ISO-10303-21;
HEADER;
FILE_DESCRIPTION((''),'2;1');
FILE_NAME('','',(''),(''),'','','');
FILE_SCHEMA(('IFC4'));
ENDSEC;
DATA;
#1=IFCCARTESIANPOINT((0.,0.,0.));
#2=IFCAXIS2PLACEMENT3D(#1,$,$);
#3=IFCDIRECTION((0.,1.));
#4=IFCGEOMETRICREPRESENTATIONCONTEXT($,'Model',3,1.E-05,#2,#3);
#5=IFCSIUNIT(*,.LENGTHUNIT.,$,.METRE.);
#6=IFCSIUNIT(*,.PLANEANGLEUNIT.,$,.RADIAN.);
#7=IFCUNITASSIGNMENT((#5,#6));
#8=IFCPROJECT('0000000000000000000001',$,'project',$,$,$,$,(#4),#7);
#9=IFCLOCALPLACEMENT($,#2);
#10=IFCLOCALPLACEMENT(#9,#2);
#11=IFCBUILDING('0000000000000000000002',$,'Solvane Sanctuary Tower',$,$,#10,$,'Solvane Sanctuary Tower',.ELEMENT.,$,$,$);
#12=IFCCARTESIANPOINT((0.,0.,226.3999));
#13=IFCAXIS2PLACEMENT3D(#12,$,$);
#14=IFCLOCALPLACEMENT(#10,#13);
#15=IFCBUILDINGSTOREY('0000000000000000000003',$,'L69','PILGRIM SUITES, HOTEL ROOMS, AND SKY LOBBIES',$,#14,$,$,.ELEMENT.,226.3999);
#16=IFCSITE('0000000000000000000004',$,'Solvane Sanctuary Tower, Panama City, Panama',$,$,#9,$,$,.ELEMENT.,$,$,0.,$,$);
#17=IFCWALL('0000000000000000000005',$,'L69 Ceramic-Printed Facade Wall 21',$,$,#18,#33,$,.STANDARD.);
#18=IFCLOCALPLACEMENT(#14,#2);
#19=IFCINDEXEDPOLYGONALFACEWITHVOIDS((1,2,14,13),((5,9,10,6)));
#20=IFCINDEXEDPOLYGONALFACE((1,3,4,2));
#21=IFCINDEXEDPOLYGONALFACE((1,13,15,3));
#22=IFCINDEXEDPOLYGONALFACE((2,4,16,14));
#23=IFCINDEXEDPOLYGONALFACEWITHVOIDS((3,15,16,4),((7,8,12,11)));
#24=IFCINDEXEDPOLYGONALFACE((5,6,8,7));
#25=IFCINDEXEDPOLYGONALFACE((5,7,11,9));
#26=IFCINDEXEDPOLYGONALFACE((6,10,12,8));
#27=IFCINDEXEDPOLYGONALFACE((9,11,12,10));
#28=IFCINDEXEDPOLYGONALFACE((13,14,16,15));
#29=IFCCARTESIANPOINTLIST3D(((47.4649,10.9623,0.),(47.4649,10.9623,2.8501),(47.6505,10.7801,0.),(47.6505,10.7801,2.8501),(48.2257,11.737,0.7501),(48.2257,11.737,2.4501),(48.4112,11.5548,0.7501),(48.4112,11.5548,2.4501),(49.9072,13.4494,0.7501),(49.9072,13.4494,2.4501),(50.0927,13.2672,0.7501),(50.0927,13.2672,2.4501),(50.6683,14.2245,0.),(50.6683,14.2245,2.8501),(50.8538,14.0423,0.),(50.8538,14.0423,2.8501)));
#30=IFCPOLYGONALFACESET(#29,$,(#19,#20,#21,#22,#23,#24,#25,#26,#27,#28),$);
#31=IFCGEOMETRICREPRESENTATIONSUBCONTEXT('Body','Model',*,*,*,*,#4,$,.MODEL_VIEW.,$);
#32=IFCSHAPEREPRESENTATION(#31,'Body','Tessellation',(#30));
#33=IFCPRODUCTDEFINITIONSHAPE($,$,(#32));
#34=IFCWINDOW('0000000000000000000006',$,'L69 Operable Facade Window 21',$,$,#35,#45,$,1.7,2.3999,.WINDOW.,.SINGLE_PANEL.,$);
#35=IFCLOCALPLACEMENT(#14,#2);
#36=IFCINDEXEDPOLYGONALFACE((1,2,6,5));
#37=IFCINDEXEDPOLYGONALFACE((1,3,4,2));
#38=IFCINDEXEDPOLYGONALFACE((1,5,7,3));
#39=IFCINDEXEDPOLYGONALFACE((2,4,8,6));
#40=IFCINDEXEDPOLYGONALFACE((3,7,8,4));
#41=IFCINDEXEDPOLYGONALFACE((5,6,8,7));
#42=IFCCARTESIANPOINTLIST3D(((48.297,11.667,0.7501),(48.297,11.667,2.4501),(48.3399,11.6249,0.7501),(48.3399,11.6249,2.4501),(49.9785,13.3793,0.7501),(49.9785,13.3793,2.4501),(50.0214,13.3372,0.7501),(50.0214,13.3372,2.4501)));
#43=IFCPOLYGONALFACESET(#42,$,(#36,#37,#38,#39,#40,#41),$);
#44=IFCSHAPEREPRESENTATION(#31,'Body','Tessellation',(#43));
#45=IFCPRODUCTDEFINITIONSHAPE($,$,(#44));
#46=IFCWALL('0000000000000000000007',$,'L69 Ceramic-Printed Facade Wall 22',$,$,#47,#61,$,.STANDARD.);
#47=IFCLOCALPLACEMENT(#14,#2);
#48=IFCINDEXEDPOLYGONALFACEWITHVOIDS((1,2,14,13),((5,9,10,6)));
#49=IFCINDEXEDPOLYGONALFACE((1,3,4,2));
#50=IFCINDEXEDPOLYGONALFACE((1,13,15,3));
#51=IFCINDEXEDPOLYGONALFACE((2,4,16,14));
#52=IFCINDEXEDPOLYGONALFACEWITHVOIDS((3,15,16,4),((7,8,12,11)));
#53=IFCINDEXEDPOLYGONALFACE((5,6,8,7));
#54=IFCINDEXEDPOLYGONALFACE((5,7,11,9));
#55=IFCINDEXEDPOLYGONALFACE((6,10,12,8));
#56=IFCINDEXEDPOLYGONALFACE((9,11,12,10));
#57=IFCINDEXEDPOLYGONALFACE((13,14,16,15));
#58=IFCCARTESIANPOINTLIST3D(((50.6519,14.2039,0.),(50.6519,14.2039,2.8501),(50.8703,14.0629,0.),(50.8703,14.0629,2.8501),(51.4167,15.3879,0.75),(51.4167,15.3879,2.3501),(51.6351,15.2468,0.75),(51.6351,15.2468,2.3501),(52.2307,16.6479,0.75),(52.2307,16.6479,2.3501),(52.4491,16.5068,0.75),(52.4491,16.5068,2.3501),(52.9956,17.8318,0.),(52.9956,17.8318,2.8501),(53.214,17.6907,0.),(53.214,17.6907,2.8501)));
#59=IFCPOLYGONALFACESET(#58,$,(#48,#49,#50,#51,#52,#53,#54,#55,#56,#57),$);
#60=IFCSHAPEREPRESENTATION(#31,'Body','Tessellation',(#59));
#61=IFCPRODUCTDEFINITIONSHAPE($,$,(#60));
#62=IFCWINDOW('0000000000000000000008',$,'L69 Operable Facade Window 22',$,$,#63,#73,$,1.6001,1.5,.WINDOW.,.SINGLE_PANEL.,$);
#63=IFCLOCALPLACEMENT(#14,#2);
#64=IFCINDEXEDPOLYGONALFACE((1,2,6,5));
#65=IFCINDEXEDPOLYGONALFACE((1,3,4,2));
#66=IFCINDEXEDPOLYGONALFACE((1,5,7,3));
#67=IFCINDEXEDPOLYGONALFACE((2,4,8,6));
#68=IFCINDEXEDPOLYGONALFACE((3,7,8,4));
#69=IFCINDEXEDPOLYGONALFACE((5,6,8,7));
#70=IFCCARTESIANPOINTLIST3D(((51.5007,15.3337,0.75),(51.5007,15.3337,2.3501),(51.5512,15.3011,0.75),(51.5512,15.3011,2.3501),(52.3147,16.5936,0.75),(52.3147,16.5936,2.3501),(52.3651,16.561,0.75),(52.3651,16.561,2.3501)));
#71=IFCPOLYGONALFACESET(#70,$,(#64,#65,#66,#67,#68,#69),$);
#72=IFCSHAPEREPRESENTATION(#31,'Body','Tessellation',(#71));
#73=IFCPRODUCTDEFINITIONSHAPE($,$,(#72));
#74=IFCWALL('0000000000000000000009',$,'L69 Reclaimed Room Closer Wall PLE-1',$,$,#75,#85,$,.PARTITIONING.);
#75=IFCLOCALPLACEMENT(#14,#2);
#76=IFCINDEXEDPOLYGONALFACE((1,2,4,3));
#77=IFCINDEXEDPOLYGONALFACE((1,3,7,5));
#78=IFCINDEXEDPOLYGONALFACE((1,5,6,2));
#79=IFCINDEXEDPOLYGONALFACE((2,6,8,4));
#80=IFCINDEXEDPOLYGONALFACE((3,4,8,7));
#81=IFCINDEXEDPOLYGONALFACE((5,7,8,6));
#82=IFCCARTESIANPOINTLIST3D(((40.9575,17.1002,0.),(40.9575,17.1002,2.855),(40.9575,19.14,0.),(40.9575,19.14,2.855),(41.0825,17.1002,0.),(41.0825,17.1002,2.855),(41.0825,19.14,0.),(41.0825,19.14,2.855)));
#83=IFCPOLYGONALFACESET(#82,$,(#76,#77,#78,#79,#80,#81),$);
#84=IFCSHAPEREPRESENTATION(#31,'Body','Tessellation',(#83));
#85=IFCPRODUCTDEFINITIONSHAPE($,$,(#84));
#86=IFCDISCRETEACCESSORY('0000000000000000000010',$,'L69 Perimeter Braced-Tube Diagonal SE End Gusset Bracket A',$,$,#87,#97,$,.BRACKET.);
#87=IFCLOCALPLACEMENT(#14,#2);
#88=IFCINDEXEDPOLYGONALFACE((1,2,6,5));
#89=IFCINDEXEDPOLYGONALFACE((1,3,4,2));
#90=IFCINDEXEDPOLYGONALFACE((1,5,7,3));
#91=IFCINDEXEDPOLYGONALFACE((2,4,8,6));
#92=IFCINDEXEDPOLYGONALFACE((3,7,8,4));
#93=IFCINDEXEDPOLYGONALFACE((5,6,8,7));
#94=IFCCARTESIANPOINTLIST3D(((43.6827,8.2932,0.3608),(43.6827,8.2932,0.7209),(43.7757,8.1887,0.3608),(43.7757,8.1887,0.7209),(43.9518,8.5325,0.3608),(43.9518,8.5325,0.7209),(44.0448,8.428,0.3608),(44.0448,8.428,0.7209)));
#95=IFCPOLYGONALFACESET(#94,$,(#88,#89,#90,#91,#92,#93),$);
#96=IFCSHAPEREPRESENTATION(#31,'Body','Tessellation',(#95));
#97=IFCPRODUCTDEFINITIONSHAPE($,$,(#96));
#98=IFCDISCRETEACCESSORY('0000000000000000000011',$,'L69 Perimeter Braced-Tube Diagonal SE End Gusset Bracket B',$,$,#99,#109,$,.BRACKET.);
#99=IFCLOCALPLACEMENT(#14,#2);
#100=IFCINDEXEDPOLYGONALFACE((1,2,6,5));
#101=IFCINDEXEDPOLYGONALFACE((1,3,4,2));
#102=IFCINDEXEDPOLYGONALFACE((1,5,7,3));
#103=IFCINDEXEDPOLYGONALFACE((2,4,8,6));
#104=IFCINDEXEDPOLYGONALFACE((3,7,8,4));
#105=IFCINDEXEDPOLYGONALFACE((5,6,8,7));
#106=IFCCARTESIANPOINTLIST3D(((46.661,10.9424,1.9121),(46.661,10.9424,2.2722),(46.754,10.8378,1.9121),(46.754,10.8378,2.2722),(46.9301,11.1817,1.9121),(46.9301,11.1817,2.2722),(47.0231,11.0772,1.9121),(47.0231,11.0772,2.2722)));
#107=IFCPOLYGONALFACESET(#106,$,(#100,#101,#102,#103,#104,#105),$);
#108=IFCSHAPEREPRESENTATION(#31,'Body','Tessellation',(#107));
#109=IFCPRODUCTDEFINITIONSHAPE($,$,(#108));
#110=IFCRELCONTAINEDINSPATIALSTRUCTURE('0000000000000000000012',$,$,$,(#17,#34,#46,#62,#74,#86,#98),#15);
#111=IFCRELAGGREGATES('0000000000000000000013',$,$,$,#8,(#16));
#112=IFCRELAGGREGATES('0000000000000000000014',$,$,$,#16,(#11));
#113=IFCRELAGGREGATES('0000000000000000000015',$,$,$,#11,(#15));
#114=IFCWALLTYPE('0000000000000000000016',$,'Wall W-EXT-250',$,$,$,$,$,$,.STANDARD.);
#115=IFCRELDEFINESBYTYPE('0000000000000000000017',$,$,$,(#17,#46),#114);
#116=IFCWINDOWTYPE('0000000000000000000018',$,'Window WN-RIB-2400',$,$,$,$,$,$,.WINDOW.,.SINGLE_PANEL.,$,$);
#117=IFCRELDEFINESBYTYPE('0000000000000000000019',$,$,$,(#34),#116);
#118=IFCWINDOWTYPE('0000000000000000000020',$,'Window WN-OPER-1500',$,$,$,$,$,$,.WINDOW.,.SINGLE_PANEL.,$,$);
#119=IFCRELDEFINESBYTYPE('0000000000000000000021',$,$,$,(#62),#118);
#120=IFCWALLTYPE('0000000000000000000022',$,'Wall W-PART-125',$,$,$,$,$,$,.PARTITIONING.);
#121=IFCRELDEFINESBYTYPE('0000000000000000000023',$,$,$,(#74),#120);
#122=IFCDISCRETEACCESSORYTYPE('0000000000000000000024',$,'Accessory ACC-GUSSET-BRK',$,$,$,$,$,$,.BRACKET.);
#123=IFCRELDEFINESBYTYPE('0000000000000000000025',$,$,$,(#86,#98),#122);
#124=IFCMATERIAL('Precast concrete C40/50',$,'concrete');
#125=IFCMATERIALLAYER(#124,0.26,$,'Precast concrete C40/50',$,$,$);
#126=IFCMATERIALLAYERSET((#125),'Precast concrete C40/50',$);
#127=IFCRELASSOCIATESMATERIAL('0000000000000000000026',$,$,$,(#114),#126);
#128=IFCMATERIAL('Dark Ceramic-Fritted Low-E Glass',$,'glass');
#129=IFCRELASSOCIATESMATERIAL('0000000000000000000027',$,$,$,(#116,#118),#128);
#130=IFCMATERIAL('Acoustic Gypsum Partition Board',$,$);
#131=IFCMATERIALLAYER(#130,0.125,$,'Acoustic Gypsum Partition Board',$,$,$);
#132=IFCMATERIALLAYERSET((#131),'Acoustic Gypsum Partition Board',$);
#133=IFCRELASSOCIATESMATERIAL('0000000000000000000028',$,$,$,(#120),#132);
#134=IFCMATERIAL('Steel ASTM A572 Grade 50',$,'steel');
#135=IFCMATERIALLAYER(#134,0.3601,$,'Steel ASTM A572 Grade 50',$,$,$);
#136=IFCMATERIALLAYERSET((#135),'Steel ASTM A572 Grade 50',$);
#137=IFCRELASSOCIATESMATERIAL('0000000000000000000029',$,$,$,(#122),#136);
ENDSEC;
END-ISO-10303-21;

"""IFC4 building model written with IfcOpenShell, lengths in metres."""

from ifc_helpers import new_model, si_unit, direction, frame, frame_2d, origin, origin_2d, place, context, subcontext, project, spatial, rectangle, extrude, material, layer, layer_set, type_object, element, fill, save


model = new_model("IFC4")

# Units and contexts
model_context = context("Model", 3, precision=1e-05, world=origin(), true_north=direction((0.0, 1.0)))
body_context = subcontext(model_context, "Body", "Model", "MODEL_VIEW")
ifc_project = project(units=[si_unit("LENGTHUNIT", "METRE"), si_unit("PLANEANGLEUNIT", "RADIAN")], contexts=[model_context])

# Site, building, storey
site_placement = place(None, origin())
site = spatial("IfcSite", under=ifc_project, at=site_placement, Name="Solvane Sanctuary Tower, Panama City, Panama", CompositionType="ELEMENT", RefElevation=0.0)
building_placement = place(site_placement, origin())
building = spatial("IfcBuilding", under=site, at=building_placement, Name="Solvane Sanctuary Tower", LongName="Solvane Sanctuary Tower", CompositionType="ELEMENT")
storey_placement = place(building_placement, frame((0.0, 0.0, 226.3999)))
storey = spatial("IfcBuildingStorey", under=building, at=storey_placement, Name="L69", Description="PILGRIM SUITES, HOTEL ROOMS, AND SKY LOBBIES", CompositionType="ELEMENT", Elevation=226.3999)

# Shared definitions
ifc_material_1 = material(Name="Dark Ceramic-Fritted Low-E Glass", Category="glass")

# Shared definitions
ifc_material_2 = material(Name="Acoustic Gypsum Partition Board")
ifc_material_3 = material(Name="Precast concrete C40/50", Category="concrete")
ifc_layer_1 = layer(ifc_material_3, 0.26, Name="Precast concrete C40/50")
ifc_layer_set_1 = layer_set([ifc_layer_1], Name="Precast concrete C40/50")
wall_type_1 = type_object("IfcWallType", Name="Wall W-EXT-250", PredefinedType="STANDARD", material=ifc_layer_set_1)

# Walls, openings, windows
wall_1_placement = place(storey_placement, frame((47.5576, 10.8711, 0.0), z_axis=(0.0, 0.0, 1.0), x_axis=(0.700643, 0.713512, 0.0)))
wall_1 = element("IfcWall", 1, at=wall_1_placement, inside=storey, type_object=wall_type_1, Name="L69 Ceramic-Printed Facade Wall 21", PredefinedType="STANDARD", context=body_context, shape_type="SweptSolid", body=[
    extrude(rectangle(XDim=4.572, YDim=0.26, at=frame_2d((2.2861, 0.0))), origin(), (0.0, 0.0, 1.0), 2.8501),
])
opening_1_placement = place(wall_1_placement, frame((1.0859, 0.0, 0.75)))
opening_1 = element("IfcOpeningElement", 2, at=opening_1_placement, cuts=wall_1, PredefinedType="OPENING", context=body_context, shape_type="SweptSolid", body=[
    extrude(rectangle(XDim=2.3999, YDim=1.7, at=frame_2d((1.2, 0.8501))), frame((0.0, 0.1399, 0.0), z_axis=(0.0, -1.0, 0.0), x_axis=(1.0, 0.0, 0.0)), (0.0, 0.0, 1.0), 0.28),
])
window_type_1 = type_object("IfcWindowType", Name="Window WN-RIB-2400", PartitioningType="SINGLE_PANEL", PredefinedType="WINDOW", material=ifc_material_1)
window_1_placement = place(opening_1_placement, origin())
window_1 = element("IfcWindow", 3, at=window_1_placement, inside=storey, type_object=window_type_1, Name="L69 Operable Facade Window 21", OverallHeight=1.7, OverallWidth=2.3999, PartitioningType="SINGLE_PANEL", PredefinedType="WINDOW", context=body_context, shape_type="SweptSolid", body=[
    extrude(rectangle(XDim=2.3999, YDim=1.7, at=frame_2d((1.2, 0.8501))), frame((0.0, 0.03, 0.0), z_axis=(0.0, -1.0, 0.0), x_axis=(1.0, 0.0, 0.0)), (0.0, 0.0, 1.0), 0.0601),
])
fill(opening_1, window_1)
wall_2_placement = place(storey_placement, frame((50.761, 14.1333, 0.0), z_axis=(0.0, 0.0, 1.0), x_axis=(0.542642, 0.839964, 0.0)))
wall_2 = element("IfcWall", 4, at=wall_2_placement, inside=storey, type_object=wall_type_1, Name="L69 Ceramic-Printed Facade Wall 22", PredefinedType="STANDARD", context=body_context, shape_type="SweptSolid", body=[
    extrude(rectangle(XDim=4.3191, YDim=0.26, at=frame_2d((2.1597, 0.0))), origin(), (0.0, 0.0, 1.0), 2.8501),
])
opening_2_placement = place(wall_2_placement, frame((1.4097, 0.0, 0.75)))
opening_2 = element("IfcOpeningElement", 5, at=opening_2_placement, cuts=wall_2, PredefinedType="OPENING", context=body_context, shape_type="SweptSolid", body=[
    extrude(rectangle(XDim=1.5, YDim=1.6001, at=frame_2d((0.75, 0.8))), frame((0.0, 0.1399, 0.0), z_axis=(0.0, -1.0, 0.0), x_axis=(1.0, 0.0, 0.0)), (0.0, 0.0, 1.0), 0.28),
])
window_type_2 = type_object("IfcWindowType", Name="Window WN-OPER-1500", PartitioningType="SINGLE_PANEL", PredefinedType="WINDOW", material=ifc_material_1)
window_2_placement = place(opening_2_placement, origin())
window_2 = element("IfcWindow", 6, at=window_2_placement, inside=storey, type_object=window_type_2, Name="L69 Operable Facade Window 22", OverallHeight=1.6001, OverallWidth=1.5, PartitioningType="SINGLE_PANEL", PredefinedType="WINDOW", context=body_context, shape_type="SweptSolid", body=[
    extrude(rectangle(XDim=1.5, YDim=1.6001, at=frame_2d((0.75, 0.8))), frame((0.0, 0.03, 0.0), z_axis=(0.0, -1.0, 0.0), x_axis=(1.0, 0.0, 0.0)), (0.0, 0.0, 1.0), 0.0601),
])
fill(opening_2, window_2)

# Wall
ifc_layer_2 = layer(ifc_material_2, 0.125, Name="Acoustic Gypsum Partition Board")
ifc_layer_set_2 = layer_set([ifc_layer_2], Name="Acoustic Gypsum Partition Board")
wall_type_2 = type_object("IfcWallType", Name="Wall W-PART-125", PredefinedType="PARTITIONING", material=ifc_layer_set_2)
wall_3_placement = place(storey_placement, frame((41.02, 17.1001, 0.0), z_axis=(0.0, 0.0, 1.0), x_axis=(0.0, 1.0, 0.0)))
element("IfcWall", 7, at=wall_3_placement, inside=storey, type_object=wall_type_2, Name="L69 Reclaimed Room Closer Wall PLE-1", PredefinedType="PARTITIONING", context=body_context, shape_type="SweptSolid", body=[
    extrude(rectangle(XDim=2.0398, YDim=0.125, at=frame_2d((1.02, 0.0))), origin(), (0.0, 0.0, 1.0), 2.855),
])

# Discrete accessories
ifc_material_4 = material(Name="Steel ASTM A572 Grade 50", Category="steel")
ifc_layer_3 = layer(ifc_material_4, 0.3601, Name="Steel ASTM A572 Grade 50")
ifc_layer_set_3 = layer_set([ifc_layer_3], Name="Steel ASTM A572 Grade 50")
discrete_accessory_type = type_object("IfcDiscreteAccessoryType", Name="Accessory ACC-GUSSET-BRK", PredefinedType="BRACKET", material=ifc_layer_set_3)
for number, where, z_axis, x_axis, name in (
    (8, (43.8638, 8.3606, 0.3608), (0.0, 0.0, 1.0), (0.747218, 0.664579, 0.0), "L69 Perimeter Braced-Tube Diagonal SE End Gusset Bracket A"),
    (9, (46.842, 11.0098, 1.9121), (0.0, 0.0, 1.0), (0.747218, 0.664579, 0.0), "L69 Perimeter Braced-Tube Diagonal SE End Gusset Bracket B"),
):
    element("IfcDiscreteAccessory", number, at=place(storey_placement, frame(where, z_axis=z_axis, x_axis=x_axis)), inside=storey, type_object=discrete_accessory_type, Name=name, PredefinedType="BRACKET", context=body_context, shape_type="SweptSolid", body=[
        extrude(rectangle(XDim=0.3601, YDim=0.1399, at=origin_2d()), origin(), (0.0, 0.0, 1.0), 0.3601),
    ])

save(model, "model.ifc")
